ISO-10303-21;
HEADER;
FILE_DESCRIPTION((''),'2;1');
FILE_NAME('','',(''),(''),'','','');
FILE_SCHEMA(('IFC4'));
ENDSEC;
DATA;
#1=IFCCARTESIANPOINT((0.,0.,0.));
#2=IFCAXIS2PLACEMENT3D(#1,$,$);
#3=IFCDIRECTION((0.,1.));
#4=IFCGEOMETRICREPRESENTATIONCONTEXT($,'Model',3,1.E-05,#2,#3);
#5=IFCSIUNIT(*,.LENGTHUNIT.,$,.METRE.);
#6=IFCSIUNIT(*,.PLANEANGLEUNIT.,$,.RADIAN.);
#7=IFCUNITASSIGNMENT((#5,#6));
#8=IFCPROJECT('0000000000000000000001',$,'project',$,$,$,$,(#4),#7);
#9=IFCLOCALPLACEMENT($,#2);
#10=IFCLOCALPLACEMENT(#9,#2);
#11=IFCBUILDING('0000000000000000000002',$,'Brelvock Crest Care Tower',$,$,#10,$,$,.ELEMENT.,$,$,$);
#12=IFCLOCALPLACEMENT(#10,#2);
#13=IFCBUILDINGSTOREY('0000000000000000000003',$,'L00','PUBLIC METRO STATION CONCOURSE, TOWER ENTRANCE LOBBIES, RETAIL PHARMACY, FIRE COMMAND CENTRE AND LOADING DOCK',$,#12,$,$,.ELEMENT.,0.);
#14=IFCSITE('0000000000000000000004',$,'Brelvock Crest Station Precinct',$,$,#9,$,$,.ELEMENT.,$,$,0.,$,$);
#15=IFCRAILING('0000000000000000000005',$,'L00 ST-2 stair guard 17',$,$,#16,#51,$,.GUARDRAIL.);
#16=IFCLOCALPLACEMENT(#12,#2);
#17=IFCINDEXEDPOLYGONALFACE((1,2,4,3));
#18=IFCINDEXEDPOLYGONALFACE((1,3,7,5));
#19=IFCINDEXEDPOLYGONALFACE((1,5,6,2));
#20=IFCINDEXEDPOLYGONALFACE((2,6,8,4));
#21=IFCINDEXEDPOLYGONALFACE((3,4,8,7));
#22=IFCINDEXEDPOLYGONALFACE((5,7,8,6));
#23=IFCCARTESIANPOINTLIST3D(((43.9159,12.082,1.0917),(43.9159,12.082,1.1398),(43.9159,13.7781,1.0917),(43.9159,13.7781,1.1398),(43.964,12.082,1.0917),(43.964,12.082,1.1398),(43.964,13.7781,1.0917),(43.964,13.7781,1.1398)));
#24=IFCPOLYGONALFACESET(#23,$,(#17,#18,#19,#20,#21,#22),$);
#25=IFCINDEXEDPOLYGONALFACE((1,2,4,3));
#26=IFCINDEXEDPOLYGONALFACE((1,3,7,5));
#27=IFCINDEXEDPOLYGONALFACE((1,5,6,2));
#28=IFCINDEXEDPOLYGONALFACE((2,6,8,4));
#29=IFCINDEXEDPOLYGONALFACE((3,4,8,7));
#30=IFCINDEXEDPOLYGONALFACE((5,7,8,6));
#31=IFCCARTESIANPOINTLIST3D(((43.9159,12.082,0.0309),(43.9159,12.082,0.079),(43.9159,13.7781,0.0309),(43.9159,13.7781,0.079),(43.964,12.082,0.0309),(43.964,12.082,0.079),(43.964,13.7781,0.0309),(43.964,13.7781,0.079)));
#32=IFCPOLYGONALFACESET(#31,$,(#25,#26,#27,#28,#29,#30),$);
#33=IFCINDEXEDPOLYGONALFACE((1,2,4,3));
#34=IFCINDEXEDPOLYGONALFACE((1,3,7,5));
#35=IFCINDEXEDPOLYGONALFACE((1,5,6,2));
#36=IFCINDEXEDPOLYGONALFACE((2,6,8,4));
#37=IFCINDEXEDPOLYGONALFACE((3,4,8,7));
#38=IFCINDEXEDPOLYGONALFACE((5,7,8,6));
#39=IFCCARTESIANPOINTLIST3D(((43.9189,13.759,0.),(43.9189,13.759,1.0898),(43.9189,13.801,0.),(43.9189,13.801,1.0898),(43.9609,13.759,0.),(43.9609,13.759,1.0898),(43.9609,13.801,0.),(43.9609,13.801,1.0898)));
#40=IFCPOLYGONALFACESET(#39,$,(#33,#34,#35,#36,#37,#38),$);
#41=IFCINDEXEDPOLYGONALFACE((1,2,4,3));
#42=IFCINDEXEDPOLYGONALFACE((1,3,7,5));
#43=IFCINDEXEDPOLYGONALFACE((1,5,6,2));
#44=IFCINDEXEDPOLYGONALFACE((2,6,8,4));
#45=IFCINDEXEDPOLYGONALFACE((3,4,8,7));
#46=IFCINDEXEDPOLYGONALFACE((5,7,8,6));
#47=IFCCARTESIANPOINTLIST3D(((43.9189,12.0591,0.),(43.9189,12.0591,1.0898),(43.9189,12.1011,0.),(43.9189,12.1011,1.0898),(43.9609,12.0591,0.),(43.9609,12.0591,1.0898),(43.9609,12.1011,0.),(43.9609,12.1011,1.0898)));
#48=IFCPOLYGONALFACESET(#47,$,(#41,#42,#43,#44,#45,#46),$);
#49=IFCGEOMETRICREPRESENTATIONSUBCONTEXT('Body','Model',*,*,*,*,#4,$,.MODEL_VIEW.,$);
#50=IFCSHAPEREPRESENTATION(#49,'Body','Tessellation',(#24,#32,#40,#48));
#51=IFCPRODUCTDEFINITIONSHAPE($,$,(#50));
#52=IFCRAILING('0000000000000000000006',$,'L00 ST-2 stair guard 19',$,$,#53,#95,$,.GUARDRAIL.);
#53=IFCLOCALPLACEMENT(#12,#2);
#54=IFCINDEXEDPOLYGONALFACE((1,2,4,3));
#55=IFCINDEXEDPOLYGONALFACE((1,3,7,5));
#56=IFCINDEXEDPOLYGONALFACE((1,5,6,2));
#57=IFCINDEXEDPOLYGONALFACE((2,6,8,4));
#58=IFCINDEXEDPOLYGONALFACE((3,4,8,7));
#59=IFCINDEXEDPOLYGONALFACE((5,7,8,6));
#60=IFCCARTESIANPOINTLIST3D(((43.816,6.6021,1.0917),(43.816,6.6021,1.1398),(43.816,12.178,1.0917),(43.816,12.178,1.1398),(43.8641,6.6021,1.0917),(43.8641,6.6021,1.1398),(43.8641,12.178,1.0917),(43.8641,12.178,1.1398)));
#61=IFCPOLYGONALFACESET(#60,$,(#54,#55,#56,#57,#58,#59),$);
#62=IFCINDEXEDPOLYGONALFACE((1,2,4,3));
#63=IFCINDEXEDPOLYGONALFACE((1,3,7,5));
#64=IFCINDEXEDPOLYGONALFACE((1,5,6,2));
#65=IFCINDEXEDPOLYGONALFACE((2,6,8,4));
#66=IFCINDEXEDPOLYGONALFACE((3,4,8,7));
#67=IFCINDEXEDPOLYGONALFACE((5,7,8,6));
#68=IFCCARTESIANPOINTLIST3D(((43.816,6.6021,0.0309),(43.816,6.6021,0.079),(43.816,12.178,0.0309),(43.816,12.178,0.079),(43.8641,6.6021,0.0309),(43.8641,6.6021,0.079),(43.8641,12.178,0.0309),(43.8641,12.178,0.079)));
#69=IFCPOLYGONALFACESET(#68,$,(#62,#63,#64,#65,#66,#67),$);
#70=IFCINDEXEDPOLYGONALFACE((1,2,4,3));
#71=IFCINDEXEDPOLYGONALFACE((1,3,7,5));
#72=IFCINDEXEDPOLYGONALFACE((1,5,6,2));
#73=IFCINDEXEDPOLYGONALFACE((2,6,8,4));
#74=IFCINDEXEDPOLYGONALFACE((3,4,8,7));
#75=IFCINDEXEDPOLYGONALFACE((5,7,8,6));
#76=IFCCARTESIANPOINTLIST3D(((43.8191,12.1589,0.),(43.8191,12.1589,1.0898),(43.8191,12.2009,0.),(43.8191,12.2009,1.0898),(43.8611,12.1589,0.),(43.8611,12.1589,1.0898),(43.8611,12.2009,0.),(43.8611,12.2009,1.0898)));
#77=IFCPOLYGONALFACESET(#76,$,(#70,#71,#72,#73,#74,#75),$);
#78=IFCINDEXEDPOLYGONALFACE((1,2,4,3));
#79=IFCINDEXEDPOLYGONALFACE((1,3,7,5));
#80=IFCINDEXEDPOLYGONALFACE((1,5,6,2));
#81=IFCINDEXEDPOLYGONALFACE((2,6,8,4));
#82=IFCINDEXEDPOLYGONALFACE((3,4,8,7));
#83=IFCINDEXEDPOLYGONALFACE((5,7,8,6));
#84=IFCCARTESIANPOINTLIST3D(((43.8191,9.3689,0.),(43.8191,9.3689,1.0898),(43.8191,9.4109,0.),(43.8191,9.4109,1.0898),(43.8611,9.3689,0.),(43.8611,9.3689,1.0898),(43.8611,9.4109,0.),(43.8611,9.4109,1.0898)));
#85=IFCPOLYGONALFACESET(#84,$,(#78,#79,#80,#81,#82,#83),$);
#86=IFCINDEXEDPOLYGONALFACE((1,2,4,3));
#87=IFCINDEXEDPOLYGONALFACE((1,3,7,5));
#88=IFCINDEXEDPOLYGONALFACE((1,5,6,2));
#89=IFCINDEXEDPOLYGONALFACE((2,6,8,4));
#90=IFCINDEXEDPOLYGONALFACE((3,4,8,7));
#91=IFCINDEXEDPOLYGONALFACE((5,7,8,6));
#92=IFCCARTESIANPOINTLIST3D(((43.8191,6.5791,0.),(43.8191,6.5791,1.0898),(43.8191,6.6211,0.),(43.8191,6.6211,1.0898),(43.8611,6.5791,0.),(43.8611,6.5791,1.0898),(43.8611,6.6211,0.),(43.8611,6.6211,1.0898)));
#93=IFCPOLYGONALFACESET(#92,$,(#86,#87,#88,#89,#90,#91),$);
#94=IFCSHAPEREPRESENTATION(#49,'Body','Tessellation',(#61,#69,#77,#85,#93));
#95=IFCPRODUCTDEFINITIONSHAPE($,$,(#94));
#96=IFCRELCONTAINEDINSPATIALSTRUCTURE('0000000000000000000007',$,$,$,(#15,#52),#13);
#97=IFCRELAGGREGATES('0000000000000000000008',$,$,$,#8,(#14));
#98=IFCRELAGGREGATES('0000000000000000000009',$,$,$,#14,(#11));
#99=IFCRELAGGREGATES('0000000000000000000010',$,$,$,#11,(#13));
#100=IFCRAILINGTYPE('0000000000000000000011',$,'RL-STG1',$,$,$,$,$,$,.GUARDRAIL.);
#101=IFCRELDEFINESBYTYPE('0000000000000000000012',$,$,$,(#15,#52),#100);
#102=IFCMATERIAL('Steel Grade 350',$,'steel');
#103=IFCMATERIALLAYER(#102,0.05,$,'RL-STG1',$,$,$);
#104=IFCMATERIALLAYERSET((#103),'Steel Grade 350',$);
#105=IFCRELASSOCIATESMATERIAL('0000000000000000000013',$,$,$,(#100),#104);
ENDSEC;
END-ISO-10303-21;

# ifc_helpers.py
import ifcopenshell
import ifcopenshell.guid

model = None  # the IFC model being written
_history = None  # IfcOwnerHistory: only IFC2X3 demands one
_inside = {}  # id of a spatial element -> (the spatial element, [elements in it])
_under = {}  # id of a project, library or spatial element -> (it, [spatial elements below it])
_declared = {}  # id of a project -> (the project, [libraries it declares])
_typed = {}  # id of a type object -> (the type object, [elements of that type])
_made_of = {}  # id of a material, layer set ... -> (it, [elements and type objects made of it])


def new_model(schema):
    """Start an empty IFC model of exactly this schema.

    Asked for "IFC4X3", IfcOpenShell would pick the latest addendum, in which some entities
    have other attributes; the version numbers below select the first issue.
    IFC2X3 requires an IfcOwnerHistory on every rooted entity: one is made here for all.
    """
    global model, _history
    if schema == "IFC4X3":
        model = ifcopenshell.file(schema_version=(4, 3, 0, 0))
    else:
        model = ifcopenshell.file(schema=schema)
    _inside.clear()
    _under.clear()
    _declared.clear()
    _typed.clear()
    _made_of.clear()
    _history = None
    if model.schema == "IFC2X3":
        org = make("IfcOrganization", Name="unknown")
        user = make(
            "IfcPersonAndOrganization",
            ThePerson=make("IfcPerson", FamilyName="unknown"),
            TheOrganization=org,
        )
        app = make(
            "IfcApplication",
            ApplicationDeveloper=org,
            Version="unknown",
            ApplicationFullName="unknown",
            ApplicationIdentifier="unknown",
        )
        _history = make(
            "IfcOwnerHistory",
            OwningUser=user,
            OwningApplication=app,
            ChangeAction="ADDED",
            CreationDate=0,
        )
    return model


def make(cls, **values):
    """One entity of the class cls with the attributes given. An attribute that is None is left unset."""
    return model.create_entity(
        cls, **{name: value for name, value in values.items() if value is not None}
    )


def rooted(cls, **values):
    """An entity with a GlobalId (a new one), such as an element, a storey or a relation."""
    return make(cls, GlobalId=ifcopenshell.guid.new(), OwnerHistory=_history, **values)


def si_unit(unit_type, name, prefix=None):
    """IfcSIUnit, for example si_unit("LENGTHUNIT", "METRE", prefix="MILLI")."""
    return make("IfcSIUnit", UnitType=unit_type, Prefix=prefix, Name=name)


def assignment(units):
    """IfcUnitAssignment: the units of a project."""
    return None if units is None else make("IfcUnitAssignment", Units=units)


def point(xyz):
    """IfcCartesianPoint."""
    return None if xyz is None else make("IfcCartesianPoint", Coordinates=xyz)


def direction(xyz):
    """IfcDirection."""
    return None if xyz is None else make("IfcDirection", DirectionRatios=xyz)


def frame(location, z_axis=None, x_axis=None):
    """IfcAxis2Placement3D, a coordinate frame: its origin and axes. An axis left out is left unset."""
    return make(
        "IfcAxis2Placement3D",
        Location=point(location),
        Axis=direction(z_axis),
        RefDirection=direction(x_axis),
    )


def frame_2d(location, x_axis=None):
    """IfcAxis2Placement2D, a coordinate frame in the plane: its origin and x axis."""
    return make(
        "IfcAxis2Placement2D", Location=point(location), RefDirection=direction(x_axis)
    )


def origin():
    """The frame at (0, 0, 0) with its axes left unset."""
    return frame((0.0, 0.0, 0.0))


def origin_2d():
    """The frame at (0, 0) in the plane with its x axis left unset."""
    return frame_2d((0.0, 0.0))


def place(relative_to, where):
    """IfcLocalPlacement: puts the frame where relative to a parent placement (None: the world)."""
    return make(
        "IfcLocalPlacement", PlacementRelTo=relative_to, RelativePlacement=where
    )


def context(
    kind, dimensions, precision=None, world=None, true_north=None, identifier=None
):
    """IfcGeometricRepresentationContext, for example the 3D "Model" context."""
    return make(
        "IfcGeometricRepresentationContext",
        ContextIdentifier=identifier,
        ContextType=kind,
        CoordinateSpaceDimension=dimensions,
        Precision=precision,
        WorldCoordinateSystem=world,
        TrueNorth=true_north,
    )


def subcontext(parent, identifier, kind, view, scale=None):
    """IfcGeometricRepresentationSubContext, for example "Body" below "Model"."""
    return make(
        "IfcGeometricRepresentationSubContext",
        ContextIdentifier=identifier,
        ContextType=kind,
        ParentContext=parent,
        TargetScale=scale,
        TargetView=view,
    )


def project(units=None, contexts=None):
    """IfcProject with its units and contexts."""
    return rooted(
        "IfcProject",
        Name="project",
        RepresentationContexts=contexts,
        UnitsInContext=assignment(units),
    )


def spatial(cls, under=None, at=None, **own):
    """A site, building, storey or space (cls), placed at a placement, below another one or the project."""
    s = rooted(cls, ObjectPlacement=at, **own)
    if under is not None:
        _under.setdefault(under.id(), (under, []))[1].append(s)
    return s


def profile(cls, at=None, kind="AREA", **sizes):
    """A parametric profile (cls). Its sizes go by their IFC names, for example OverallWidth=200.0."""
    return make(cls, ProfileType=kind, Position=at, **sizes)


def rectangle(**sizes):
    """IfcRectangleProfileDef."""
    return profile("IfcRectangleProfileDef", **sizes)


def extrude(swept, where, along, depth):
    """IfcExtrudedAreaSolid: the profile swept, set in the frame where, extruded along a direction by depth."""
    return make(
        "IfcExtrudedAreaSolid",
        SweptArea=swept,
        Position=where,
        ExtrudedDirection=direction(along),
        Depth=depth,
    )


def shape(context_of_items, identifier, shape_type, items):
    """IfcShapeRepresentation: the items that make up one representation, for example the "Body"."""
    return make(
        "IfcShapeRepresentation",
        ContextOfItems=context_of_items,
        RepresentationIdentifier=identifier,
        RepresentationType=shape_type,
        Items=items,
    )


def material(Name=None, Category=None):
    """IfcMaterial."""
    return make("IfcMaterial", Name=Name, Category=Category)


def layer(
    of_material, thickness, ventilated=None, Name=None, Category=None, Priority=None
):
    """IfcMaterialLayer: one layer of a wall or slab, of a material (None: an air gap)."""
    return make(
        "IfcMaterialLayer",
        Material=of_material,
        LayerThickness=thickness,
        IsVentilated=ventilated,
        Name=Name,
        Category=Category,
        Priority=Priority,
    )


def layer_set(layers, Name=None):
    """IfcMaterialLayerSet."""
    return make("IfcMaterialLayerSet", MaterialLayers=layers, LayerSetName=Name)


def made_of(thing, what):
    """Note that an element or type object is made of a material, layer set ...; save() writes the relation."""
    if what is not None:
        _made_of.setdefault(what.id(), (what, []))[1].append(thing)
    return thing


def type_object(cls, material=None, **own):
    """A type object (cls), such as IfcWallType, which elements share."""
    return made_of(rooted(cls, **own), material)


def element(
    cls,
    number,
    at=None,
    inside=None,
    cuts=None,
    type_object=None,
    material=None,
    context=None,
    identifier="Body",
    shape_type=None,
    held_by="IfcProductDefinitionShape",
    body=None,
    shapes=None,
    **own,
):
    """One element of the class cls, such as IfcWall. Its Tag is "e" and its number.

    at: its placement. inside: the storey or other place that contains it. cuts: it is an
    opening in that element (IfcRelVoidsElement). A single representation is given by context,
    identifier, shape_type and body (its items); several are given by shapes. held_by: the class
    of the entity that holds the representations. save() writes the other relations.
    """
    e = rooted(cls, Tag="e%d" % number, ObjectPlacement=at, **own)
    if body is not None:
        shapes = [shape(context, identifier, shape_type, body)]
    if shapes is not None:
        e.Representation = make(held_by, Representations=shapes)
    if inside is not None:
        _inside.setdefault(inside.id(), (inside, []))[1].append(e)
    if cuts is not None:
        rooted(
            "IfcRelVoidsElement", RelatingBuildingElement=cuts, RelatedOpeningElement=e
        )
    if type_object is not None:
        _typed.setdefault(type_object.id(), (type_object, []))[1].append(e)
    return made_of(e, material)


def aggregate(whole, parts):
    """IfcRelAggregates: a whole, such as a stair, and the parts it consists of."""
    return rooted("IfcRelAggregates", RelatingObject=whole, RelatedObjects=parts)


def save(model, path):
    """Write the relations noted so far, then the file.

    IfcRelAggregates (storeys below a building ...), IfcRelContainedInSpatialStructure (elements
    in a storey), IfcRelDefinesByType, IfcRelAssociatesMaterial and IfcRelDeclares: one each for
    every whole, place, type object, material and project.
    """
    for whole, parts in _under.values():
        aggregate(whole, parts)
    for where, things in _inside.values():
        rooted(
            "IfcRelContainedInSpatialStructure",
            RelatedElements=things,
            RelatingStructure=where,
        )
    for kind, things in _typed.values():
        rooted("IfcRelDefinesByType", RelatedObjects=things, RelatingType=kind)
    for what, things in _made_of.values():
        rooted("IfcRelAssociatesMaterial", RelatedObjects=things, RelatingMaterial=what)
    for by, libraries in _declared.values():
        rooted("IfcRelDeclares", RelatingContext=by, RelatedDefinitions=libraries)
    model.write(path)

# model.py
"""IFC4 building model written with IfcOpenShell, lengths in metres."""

from ifc_helpers import new_model, si_unit, direction, frame, origin, origin_2d, place, context, subcontext, project, spatial, rectangle, extrude, material, layer, layer_set, type_object, element, save


model = new_model("IFC4")

# Units and contexts
model_context = context("Model", 3, precision=1e-05, world=origin(), true_north=direction((0.0, 1.0)))
body_context = subcontext(model_context, "Body", "Model", "MODEL_VIEW")
ifc_project = project(units=[si_unit("LENGTHUNIT", "METRE"), si_unit("PLANEANGLEUNIT", "RADIAN")], contexts=[model_context])

# Site, building, storey
site_placement = place(None, origin())
site = spatial("IfcSite", under=ifc_project, at=site_placement, Name="Brelvock Crest Station Precinct", CompositionType="ELEMENT", RefElevation=0.0)
building_placement = place(site_placement, origin())
building = spatial("IfcBuilding", under=site, at=building_placement, Name="Brelvock Crest Care Tower", CompositionType="ELEMENT")
storey_placement = place(building_placement, origin())
storey = spatial("IfcBuildingStorey", under=building, at=storey_placement, Name="L00", Description="PUBLIC METRO STATION CONCOURSE, TOWER ENTRANCE LOBBIES, RETAIL PHARMACY, FIRE COMMAND CENTRE AND LOADING DOCK", CompositionType="ELEMENT", Elevation=0.0)

# Shared definitions
ifc_material_1 = material(Name="Steel Grade 350", Category="steel")

# Railings
ifc_layer_1 = layer(ifc_material_1, 0.05, Name="RL-STG1")
ifc_layer_set_1 = layer_set([ifc_layer_1], Name="Steel Grade 350")
railing_type = type_object("IfcRailingType", Name="RL-STG1", PredefinedType="GUARDRAIL", material=ifc_layer_set_1)
railing_1_placement = place(storey_placement, frame((43.9399, 13.78, 0.0)))
element("IfcRailing", 1, at=railing_1_placement, inside=storey, type_object=railing_type, Name="L00 ST-2 stair guard 17", PredefinedType="GUARDRAIL", context=body_context, shape_type="SweptSolid", body=[
    extrude(rectangle(XDim=0.0481, YDim=0.0481, at=origin_2d()), frame((0.0, -0.002, 1.1157), z_axis=(0.0, -1.0, 0.0), x_axis=(1.0, 0.0, 0.0)), (0.0, 0.0, 1.0), 1.696),
    extrude(rectangle(XDim=0.0481, YDim=0.0481, at=origin_2d()), frame((0.0, -0.002, 0.0549), z_axis=(0.0, -1.0, 0.0), x_axis=(1.0, 0.0, 0.0)), (0.0, 0.0, 1.0), 1.696),
    extrude(rectangle(XDim=0.042, YDim=0.042, at=origin_2d()), origin(), (0.0, 0.0, 1.0), 1.0898),
    extrude(rectangle(XDim=0.042, YDim=0.042, at=origin_2d()), frame((0.0, -1.7, 0.0)), (0.0, 0.0, 1.0), 1.0898),
])
railing_2_placement = place(storey_placement, frame((43.8401, 12.1799, 0.0)))
element("IfcRailing", 2, at=railing_2_placement, inside=storey, type_object=railing_type, Name="L00 ST-2 stair guard 19", PredefinedType="GUARDRAIL", context=body_context, shape_type="SweptSolid", body=[
    extrude(rectangle(XDim=0.0481, YDim=0.0481, at=origin_2d()), frame((0.0, -0.002, 1.1157), z_axis=(0.0, -1.0, 0.0), x_axis=(1.0, 0.0, 0.0)), (0.0, 0.0, 1.0), 5.5759),
    extrude(rectangle(XDim=0.0481, YDim=0.0481, at=origin_2d()), frame((0.0, -0.002, 0.0549), z_axis=(0.0, -1.0, 0.0), x_axis=(1.0, 0.0, 0.0)), (0.0, 0.0, 1.0), 5.5759),
    extrude(rectangle(XDim=0.042, YDim=0.042, at=origin_2d()), origin(), (0.0, 0.0, 1.0), 1.0898),
    extrude(rectangle(XDim=0.042, YDim=0.042, at=origin_2d()), frame((0.0, -2.79, 0.0)), (0.0, 0.0, 1.0), 1.0898),
    extrude(rectangle(XDim=0.042, YDim=0.042, at=origin_2d()), frame((0.0, -5.5798, 0.0)), (0.0, 0.0, 1.0), 1.0898),
])

save(model, "model.ifc")
